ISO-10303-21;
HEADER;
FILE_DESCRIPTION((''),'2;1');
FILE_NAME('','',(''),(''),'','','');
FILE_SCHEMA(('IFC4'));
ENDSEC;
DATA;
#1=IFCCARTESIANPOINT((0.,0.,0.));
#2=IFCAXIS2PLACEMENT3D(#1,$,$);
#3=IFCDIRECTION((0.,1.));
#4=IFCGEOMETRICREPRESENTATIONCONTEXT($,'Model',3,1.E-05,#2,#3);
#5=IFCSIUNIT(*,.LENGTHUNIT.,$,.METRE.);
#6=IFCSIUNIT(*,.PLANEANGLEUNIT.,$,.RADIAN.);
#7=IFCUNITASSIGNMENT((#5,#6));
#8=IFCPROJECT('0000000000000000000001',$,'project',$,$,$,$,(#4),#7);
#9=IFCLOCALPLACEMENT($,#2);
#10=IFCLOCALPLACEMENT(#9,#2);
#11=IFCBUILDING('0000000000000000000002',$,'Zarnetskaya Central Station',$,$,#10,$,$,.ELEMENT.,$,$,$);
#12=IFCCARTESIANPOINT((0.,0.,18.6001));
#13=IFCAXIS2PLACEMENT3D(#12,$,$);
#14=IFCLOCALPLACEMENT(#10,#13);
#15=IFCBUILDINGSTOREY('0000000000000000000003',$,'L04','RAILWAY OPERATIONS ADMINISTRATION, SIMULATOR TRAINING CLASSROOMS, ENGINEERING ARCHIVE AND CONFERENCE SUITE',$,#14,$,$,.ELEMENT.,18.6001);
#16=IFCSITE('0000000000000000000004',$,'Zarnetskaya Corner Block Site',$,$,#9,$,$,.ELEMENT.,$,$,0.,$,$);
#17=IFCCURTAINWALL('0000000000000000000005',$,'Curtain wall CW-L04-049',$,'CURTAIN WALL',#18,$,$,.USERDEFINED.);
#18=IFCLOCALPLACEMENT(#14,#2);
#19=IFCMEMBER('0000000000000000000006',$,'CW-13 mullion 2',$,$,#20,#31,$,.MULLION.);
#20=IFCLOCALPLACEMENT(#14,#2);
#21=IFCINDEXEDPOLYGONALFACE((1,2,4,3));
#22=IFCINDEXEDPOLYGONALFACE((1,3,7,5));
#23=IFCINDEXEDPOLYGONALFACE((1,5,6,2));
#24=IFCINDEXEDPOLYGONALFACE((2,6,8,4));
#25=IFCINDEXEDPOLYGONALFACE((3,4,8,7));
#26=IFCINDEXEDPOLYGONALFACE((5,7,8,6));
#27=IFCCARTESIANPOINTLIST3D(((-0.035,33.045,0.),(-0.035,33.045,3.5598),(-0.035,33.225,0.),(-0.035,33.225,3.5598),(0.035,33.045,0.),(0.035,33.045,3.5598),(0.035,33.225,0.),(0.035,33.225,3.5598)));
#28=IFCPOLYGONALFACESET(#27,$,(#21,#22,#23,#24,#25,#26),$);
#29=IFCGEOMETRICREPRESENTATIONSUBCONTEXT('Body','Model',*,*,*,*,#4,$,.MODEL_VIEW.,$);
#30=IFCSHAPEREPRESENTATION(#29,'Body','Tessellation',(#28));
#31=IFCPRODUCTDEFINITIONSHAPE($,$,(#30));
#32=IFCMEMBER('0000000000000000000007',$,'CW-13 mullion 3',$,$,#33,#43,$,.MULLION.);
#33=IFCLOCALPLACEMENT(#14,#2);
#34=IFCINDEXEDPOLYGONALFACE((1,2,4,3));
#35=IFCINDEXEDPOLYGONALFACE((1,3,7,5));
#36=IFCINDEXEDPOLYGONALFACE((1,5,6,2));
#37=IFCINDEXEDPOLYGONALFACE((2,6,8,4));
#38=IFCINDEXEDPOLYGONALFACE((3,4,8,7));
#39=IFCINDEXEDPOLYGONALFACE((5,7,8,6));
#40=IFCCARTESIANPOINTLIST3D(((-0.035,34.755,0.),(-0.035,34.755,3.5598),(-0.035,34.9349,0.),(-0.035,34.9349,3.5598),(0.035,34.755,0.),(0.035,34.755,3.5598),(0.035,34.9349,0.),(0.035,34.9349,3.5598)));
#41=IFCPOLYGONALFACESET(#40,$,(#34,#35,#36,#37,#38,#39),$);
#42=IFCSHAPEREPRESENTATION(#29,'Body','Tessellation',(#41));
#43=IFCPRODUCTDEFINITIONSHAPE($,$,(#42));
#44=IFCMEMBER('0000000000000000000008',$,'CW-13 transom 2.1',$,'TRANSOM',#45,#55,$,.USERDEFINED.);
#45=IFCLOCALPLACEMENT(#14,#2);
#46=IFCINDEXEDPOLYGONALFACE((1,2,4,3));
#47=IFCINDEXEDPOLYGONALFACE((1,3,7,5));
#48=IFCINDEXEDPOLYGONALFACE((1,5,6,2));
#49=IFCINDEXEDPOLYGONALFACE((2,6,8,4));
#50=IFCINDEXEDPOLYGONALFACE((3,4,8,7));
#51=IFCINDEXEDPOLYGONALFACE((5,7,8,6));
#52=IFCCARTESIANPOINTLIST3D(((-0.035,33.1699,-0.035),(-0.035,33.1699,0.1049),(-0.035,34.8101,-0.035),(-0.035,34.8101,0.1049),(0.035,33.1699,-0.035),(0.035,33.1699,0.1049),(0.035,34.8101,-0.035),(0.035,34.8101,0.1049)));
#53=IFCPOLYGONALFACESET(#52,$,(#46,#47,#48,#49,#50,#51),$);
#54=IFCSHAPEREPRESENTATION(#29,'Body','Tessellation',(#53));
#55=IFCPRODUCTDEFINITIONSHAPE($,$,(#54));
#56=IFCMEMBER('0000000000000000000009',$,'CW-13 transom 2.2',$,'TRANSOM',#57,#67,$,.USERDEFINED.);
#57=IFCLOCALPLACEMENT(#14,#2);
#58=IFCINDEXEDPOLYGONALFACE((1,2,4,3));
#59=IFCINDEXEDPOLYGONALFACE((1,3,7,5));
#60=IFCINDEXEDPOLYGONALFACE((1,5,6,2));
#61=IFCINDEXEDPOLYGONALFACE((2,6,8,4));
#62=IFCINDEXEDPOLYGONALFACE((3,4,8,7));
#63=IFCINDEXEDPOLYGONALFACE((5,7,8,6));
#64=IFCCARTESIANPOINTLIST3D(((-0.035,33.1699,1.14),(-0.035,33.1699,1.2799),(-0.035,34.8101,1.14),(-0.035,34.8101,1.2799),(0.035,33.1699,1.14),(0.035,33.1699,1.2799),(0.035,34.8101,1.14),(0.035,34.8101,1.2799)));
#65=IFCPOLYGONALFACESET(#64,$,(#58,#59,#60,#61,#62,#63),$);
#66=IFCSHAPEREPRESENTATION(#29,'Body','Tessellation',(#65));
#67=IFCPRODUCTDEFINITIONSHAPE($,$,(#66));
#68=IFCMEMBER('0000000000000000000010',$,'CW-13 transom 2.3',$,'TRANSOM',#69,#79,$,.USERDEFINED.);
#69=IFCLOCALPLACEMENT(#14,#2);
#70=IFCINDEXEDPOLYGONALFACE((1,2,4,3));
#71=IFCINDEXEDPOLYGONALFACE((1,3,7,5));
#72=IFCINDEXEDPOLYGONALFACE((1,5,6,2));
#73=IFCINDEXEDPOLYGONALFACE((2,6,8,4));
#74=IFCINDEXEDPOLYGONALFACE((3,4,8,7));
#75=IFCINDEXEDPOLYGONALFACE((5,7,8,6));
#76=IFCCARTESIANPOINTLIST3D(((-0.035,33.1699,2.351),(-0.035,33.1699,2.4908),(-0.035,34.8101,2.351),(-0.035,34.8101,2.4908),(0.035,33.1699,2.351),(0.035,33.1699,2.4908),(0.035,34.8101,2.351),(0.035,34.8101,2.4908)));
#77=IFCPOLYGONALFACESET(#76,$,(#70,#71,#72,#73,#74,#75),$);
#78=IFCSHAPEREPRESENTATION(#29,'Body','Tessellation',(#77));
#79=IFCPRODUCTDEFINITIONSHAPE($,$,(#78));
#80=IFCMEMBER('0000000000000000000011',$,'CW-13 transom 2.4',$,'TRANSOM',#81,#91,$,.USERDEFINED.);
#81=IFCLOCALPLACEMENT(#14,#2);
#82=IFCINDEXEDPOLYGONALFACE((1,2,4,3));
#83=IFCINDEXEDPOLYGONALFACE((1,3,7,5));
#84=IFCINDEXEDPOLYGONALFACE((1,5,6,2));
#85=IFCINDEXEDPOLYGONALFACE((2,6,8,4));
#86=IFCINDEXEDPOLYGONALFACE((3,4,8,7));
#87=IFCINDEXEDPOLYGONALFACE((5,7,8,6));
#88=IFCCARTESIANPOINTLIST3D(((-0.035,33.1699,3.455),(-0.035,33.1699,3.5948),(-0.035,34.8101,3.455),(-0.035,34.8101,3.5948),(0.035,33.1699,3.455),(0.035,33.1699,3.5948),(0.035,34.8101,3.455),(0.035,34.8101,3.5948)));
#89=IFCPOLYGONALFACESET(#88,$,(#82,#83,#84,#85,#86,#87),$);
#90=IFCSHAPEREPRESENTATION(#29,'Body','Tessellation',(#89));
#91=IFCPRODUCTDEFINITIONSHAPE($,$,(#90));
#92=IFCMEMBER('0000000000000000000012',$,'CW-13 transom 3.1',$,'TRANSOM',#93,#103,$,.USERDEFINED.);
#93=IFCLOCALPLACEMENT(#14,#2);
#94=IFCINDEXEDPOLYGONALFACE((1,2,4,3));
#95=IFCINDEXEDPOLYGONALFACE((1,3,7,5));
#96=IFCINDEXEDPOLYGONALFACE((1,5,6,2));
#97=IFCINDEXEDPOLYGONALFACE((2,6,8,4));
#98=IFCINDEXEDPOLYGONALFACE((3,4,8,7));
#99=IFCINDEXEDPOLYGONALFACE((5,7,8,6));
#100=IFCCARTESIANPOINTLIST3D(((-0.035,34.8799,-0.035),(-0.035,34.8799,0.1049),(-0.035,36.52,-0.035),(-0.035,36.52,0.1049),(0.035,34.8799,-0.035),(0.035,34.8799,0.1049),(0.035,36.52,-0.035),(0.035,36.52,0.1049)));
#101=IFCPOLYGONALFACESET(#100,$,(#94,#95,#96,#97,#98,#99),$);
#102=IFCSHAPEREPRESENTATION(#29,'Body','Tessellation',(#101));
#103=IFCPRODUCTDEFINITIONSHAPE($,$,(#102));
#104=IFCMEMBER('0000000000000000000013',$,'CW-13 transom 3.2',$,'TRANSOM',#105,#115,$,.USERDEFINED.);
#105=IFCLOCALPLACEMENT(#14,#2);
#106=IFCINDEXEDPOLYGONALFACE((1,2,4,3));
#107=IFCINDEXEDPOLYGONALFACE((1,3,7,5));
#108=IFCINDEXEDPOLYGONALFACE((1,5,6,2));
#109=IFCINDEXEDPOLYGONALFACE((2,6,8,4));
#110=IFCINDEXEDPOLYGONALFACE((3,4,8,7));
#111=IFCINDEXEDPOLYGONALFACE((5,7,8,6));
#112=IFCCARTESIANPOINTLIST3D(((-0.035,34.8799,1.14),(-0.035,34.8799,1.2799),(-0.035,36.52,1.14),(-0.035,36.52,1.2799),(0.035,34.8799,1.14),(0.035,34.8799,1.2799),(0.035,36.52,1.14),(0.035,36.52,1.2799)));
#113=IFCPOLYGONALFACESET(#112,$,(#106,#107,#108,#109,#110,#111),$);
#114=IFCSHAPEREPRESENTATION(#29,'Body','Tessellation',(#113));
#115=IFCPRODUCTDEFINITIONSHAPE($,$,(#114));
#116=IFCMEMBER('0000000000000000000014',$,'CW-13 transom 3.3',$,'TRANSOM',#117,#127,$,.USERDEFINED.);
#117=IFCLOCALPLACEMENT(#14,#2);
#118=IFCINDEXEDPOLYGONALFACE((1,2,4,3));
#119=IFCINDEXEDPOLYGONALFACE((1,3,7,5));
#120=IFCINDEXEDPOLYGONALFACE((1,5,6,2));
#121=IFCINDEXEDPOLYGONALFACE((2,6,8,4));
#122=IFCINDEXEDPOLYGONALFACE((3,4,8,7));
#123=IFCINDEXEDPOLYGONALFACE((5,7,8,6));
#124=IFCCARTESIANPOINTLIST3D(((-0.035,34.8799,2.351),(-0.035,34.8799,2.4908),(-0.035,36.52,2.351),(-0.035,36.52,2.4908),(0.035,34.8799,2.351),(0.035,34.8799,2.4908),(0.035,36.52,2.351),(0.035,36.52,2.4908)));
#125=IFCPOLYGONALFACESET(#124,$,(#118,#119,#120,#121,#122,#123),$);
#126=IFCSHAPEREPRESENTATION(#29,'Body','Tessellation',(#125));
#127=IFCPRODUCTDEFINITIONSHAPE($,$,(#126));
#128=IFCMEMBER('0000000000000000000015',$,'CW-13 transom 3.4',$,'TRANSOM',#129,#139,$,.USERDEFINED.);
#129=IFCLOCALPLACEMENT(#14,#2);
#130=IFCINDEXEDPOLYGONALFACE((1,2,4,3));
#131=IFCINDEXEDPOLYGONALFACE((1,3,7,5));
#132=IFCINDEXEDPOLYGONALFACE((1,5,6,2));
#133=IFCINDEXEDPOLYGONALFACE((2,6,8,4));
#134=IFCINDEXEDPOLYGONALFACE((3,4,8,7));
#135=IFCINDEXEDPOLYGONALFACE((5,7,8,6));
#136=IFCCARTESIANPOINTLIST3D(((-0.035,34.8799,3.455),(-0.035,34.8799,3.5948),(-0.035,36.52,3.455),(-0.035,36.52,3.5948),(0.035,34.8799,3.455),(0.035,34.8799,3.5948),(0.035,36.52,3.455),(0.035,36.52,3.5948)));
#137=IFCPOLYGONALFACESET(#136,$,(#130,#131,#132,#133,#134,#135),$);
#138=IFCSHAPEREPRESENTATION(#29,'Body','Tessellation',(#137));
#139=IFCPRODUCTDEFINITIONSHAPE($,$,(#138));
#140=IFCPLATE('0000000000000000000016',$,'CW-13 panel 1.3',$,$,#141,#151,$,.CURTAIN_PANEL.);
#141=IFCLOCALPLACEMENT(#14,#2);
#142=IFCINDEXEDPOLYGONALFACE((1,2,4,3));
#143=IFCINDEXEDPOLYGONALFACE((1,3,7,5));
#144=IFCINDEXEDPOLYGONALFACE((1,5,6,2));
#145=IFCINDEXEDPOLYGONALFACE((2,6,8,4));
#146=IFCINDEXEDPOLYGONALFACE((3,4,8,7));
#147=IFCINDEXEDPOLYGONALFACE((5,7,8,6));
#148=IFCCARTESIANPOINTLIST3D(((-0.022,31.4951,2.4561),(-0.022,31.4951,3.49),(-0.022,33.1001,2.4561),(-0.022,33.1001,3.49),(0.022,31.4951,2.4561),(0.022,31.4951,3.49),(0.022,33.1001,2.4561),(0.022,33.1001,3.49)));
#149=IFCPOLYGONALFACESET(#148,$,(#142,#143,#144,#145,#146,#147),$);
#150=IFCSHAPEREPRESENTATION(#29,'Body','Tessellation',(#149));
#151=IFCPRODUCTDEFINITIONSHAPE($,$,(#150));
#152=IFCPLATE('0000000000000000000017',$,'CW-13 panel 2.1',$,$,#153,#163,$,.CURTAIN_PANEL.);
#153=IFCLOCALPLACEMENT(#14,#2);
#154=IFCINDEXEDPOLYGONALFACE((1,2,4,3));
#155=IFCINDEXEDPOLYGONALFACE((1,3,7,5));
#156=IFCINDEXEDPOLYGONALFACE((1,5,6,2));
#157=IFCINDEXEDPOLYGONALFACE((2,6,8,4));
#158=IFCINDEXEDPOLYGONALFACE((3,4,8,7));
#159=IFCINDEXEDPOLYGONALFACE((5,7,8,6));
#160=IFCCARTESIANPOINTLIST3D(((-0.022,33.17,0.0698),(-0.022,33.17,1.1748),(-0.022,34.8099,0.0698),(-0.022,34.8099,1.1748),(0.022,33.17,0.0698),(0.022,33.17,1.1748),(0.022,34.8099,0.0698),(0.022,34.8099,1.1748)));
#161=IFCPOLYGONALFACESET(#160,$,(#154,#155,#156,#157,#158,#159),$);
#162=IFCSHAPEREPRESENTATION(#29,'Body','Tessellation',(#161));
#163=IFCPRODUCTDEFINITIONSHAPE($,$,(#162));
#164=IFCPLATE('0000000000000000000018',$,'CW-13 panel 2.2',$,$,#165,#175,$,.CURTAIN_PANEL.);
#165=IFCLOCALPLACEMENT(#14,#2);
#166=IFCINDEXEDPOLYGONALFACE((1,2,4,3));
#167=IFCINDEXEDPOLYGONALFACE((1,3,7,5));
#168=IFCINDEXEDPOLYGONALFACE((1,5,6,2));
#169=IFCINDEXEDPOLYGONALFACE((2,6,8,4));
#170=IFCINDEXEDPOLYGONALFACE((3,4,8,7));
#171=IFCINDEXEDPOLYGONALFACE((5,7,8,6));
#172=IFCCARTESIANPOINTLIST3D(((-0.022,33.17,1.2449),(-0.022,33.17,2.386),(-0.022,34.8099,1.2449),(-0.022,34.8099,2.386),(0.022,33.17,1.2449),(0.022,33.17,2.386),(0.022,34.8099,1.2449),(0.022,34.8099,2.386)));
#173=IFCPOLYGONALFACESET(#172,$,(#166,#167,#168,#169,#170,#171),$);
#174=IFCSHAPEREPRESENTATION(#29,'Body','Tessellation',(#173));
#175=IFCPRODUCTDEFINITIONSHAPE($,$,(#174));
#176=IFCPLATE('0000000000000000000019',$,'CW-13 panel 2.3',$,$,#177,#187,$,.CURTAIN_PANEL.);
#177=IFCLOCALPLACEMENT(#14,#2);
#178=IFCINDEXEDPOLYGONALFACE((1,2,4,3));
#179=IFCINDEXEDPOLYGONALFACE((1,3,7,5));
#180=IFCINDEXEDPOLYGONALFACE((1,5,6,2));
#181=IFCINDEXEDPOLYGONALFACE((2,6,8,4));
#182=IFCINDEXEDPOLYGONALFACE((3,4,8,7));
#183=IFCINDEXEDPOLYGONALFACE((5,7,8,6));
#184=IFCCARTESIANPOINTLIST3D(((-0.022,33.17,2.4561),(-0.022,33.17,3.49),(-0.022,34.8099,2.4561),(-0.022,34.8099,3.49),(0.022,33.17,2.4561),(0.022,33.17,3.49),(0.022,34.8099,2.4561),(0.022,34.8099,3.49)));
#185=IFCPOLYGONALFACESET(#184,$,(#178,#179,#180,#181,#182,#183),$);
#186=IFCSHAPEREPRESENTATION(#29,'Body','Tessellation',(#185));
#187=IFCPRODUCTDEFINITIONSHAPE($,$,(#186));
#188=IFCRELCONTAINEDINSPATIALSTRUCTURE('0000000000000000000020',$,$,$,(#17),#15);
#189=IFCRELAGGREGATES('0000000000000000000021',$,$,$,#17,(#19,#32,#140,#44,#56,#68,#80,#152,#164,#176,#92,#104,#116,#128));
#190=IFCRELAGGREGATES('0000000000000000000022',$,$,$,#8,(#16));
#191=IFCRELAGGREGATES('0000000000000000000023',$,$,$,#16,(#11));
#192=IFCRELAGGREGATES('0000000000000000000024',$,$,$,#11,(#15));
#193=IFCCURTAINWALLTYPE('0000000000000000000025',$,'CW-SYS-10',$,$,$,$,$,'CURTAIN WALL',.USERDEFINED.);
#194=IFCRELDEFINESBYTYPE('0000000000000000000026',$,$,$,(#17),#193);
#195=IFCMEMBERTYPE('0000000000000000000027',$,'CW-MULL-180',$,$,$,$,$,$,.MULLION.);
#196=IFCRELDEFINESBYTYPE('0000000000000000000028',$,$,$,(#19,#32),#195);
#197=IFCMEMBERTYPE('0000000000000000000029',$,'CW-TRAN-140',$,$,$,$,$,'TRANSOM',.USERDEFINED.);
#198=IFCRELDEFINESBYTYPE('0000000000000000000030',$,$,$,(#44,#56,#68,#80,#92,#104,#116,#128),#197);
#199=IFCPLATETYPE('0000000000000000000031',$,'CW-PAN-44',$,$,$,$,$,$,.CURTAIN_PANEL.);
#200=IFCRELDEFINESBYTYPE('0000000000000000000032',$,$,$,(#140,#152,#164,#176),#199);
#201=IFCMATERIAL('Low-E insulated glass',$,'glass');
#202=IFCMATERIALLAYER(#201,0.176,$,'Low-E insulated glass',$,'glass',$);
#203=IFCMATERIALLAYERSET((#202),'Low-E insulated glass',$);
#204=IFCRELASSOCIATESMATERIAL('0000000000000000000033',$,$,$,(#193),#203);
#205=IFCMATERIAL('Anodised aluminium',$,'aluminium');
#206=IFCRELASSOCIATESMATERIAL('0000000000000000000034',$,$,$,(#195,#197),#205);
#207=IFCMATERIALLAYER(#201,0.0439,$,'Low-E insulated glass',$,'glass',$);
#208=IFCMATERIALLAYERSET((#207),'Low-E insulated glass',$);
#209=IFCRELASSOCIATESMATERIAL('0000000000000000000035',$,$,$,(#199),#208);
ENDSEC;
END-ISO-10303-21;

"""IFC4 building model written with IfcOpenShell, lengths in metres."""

from ifc_helpers import new_model, si_unit, direction, frame, origin, origin_2d, place, context, subcontext, project, spatial, rectangle, extrude, material, layer, layer_set, material_profile, profile_set, type_object, element, aggregate, save


model = new_model("IFC4")

# Units and contexts
model_context = context("Model", 3, precision=1e-05, world=origin(), true_north=direction((0.0, 1.0)))
body_context = subcontext(model_context, "Body", "Model", "MODEL_VIEW")
ifc_project = project(units=[si_unit("LENGTHUNIT", "METRE"), si_unit("PLANEANGLEUNIT", "RADIAN")], contexts=[model_context])

# Site, building, storey
site_placement = place(None, origin())
site = spatial("IfcSite", under=ifc_project, at=site_placement, Name="Zarnetskaya Corner Block Site", CompositionType="ELEMENT", RefElevation=0.0)
building_placement = place(site_placement, origin())
building = spatial("IfcBuilding", under=site, at=building_placement, Name="Zarnetskaya Central Station", CompositionType="ELEMENT")
storey_placement = place(building_placement, frame((0.0, 0.0, 18.6001)))
storey = spatial("IfcBuildingStorey", under=building, at=storey_placement, Name="L04", Description="RAILWAY OPERATIONS ADMINISTRATION, SIMULATOR TRAINING CLASSROOMS, ENGINEERING ARCHIVE AND CONFERENCE SUITE", CompositionType="ELEMENT", Elevation=18.6001)

# Curtain wall, members, plates
ifc_material_1 = material(Name="Low-E insulated glass", Category="glass")
ifc_layer_1 = layer(ifc_material_1, 0.176, Name="Low-E insulated glass", Category="glass")
ifc_layer_set_1 = layer_set([ifc_layer_1], Name="Low-E insulated glass")
curtain_wall_type = type_object("IfcCurtainWallType", Name="CW-SYS-10", ElementType="CURTAIN WALL", PredefinedType="USERDEFINED", material=ifc_layer_set_1)
curtain_wall_placement = place(storey_placement, origin())
curtain_wall = element("IfcCurtainWall", 1, at=curtain_wall_placement, inside=storey, type_object=curtain_wall_type, Name="Curtain wall CW-L04-049", ObjectType="CURTAIN WALL", PredefinedType="USERDEFINED")
ifc_material_2 = material(Name="Anodised aluminium", Category="aluminium")
ifc_material_profile_1 = material_profile(ifc_material_2, rectangle(XDim=0.0701, YDim=0.1799, at=origin_2d()), Name="ALU MULL 70x180")
ifc_profile_set_1 = profile_set([ifc_material_profile_1], Name="Anodised aluminium")
member_type_1 = type_object("IfcMemberType", Name="CW-MULL-180", PredefinedType="MULLION", material=ifc_profile_set_1)
member_1_placement = place(storey_placement, frame((0.0, 33.135, 0.0), z_axis=(0.0, 0.0, 1.0), x_axis=(-1.0, 0.0, 0.0)))
member_1 = element("IfcMember", 2, at=member_1_placement, type_object=member_type_1, Name="CW-13 mullion 2", PredefinedType="MULLION", context=body_context, shape_type="SweptSolid", body=[
    extrude(rectangle(XDim=0.0701, YDim=0.1799, at=origin_2d()), origin(), (0.0, 0.0, 1.0), 3.5598),
])
member_2_placement = place(storey_placement, frame((0.0, 34.845, 0.0), z_axis=(0.0, 0.0, 1.0), x_axis=(-1.0, 0.0, 0.0)))
member_2 = element("IfcMember", 3, at=member_2_placement, type_object=member_type_1, Name="CW-13 mullion 3", PredefinedType="MULLION", context=body_context, shape_type="SweptSolid", body=[
    extrude(rectangle(XDim=0.0701, YDim=0.1799, at=origin_2d()), origin(), (0.0, 0.0, 1.0), 3.5598),
])
ifc_material_profile_2 = material_profile(ifc_material_2, rectangle(XDim=0.0701, YDim=0.1399, at=origin_2d()), Name="ALU TRAN 70x140")
ifc_profile_set_2 = profile_set([ifc_material_profile_2], Name="Anodised aluminium")
member_type_2 = type_object("IfcMemberType", Name="CW-TRAN-140", ElementType="TRANSOM", PredefinedType="USERDEFINED", material=ifc_profile_set_2)
member_3_placement = place(storey_placement, frame((0.0, 33.1699, 0.0349), z_axis=(0.0, 1.0, 0.0), x_axis=(-1.0, 0.0, 0.0)))
member_3 = element("IfcMember", 4, at=member_3_placement, type_object=member_type_2, Name="CW-13 transom 2.1", ObjectType="TRANSOM", PredefinedType="USERDEFINED", context=body_context, shape_type="SweptSolid", body=[
    extrude(rectangle(XDim=0.0701, YDim=0.1399, at=origin_2d()), origin(), (0.0, 0.0, 1.0), 1.6401),
])
member_4_placement = place(storey_placement, frame((0.0, 33.1699, 1.21), z_axis=(0.0, 1.0, 0.0), x_axis=(-1.0, 0.0, 0.0)))
member_4 = element("IfcMember", 5, at=member_4_placement, type_object=member_type_2, Name="CW-13 transom 2.2", ObjectType="TRANSOM", PredefinedType="USERDEFINED", context=body_context, shape_type="SweptSolid", body=[
    extrude(rectangle(XDim=0.0701, YDim=0.1399, at=origin_2d()), origin(), (0.0, 0.0, 1.0), 1.6401),
])
member_5_placement = place(storey_placement, frame((0.0, 33.1699, 2.4209), z_axis=(0.0, 1.0, 0.0), x_axis=(-1.0, 0.0, 0.0)))
member_5 = element("IfcMember", 6, at=member_5_placement, type_object=member_type_2, Name="CW-13 transom 2.3", ObjectType="TRANSOM", PredefinedType="USERDEFINED", context=body_context, shape_type="SweptSolid", body=[
    extrude(rectangle(XDim=0.0701, YDim=0.1399, at=origin_2d()), origin(), (0.0, 0.0, 1.0), 1.6401),
])
member_6_placement = place(storey_placement, frame((0.0, 33.1699, 3.5249), z_axis=(0.0, 1.0, 0.0), x_axis=(-1.0, 0.0, 0.0)))
member_6 = element("IfcMember", 7, at=member_6_placement, type_object=member_type_2, Name="CW-13 transom 2.4", ObjectType="TRANSOM", PredefinedType="USERDEFINED", context=body_context, shape_type="SweptSolid", body=[
    extrude(rectangle(XDim=0.0701, YDim=0.1399, at=origin_2d()), origin(), (0.0, 0.0, 1.0), 1.6401),
])
member_7_placement = place(storey_placement, frame((0.0, 34.8799, 0.0349), z_axis=(0.0, 1.0, 0.0), x_axis=(-1.0, 0.0, 0.0)))
member_7 = element("IfcMember", 8, at=member_7_placement, type_object=member_type_2, Name="CW-13 transom 3.1", ObjectType="TRANSOM", PredefinedType="USERDEFINED", context=body_context, shape_type="SweptSolid", body=[
    extrude(rectangle(XDim=0.0701, YDim=0.1399, at=origin_2d()), origin(), (0.0, 0.0, 1.0), 1.6401),
])
member_8_placement = place(storey_placement, frame((0.0, 34.8799, 1.21), z_axis=(0.0, 1.0, 0.0), x_axis=(-1.0, 0.0, 0.0)))
member_8 = element("IfcMember", 9, at=member_8_placement, type_object=member_type_2, Name="CW-13 transom 3.2", ObjectType="TRANSOM", PredefinedType="USERDEFINED", context=body_context, shape_type="SweptSolid", body=[
    extrude(rectangle(XDim=0.0701, YDim=0.1399, at=origin_2d()), origin(), (0.0, 0.0, 1.0), 1.6401),
])
member_9_placement = place(storey_placement, frame((0.0, 34.8799, 2.4209), z_axis=(0.0, 1.0, 0.0), x_axis=(-1.0, 0.0, 0.0)))
member_9 = element("IfcMember", 10, at=member_9_placement, type_object=member_type_2, Name="CW-13 transom 3.3", ObjectType="TRANSOM", PredefinedType="USERDEFINED", context=body_context, shape_type="SweptSolid", body=[
    extrude(rectangle(XDim=0.0701, YDim=0.1399, at=origin_2d()), origin(), (0.0, 0.0, 1.0), 1.6401),
])
member_10_placement = place(storey_placement, frame((0.0, 34.8799, 3.5249), z_axis=(0.0, 1.0, 0.0), x_axis=(-1.0, 0.0, 0.0)))
member_10 = element("IfcMember", 11, at=member_10_placement, type_object=member_type_2, Name="CW-13 transom 3.4", ObjectType="TRANSOM", PredefinedType="USERDEFINED", context=body_context, shape_type="SweptSolid", body=[
    extrude(rectangle(XDim=0.0701, YDim=0.1399, at=origin_2d()), origin(), (0.0, 0.0, 1.0), 1.6401),
])
ifc_layer_2 = layer(ifc_material_1, 0.0439, Name="Low-E insulated glass", Category="glass")
ifc_layer_set_2 = layer_set([ifc_layer_2], Name="Low-E insulated glass")
plate_type = type_object("IfcPlateType", Name="CW-PAN-44", PredefinedType="CURTAIN_PANEL", material=ifc_layer_set_2)
plate_1_placement = place(storey_placement, frame((0.0, 32.2976, 2.4561), z_axis=(0.0, 0.0, 1.0), x_axis=(0.0, 1.0, 0.0)))
plate_1 = element("IfcPlate", 12, at=plate_1_placement, type_object=plate_type, Name="CW-13 panel 1.3", PredefinedType="CURTAIN_PANEL", context=body_context, shape_type="SweptSolid", body=[
    extrude(rectangle(XDim=1.605, YDim=0.0439, at=origin_2d()), origin(), (0.0, 0.0, 1.0), 1.0339),
])
plate_2_placement = place(storey_placement, frame((0.0, 33.99, 0.0698), z_axis=(0.0, 0.0, 1.0), x_axis=(0.0, 1.0, 0.0)))
plate_2 = element("IfcPlate", 13, at=plate_2_placement, type_object=plate_type, Name="CW-13 panel 2.1", PredefinedType="CURTAIN_PANEL", context=body_context, shape_type="SweptSolid", body=[
    extrude(rectangle(XDim=1.6399, YDim=0.0439, at=origin_2d()), origin(), (0.0, 0.0, 1.0), 1.105),
])
plate_3_placement = place(storey_placement, frame((0.0, 33.99, 1.2449), z_axis=(0.0, 0.0, 1.0), x_axis=(0.0, 1.0, 0.0)))
plate_3 = element("IfcPlate", 14, at=plate_3_placement, type_object=plate_type, Name="CW-13 panel 2.2", PredefinedType="CURTAIN_PANEL", context=body_context, shape_type="SweptSolid", body=[
    extrude(rectangle(XDim=1.6399, YDim=0.0439, at=origin_2d()), origin(), (0.0, 0.0, 1.0), 1.1411),
])
plate_4_placement = place(storey_placement, frame((0.0, 33.99, 2.4561), z_axis=(0.0, 0.0, 1.0), x_axis=(0.0, 1.0, 0.0)))
plate_4 = element("IfcPlate", 15, at=plate_4_placement, type_object=plate_type, Name="CW-13 panel 2.3", PredefinedType="CURTAIN_PANEL", context=body_context, shape_type="SweptSolid", body=[
    extrude(rectangle(XDim=1.6399, YDim=0.0439, at=origin_2d()), origin(), (0.0, 0.0, 1.0), 1.0339),
])
aggregate(curtain_wall, [member_1, member_2, plate_1, member_3, member_4, member_5, member_6, plate_2, plate_3, plate_4, member_7, member_8, member_9, member_10])

save(model, "model.ifc")
